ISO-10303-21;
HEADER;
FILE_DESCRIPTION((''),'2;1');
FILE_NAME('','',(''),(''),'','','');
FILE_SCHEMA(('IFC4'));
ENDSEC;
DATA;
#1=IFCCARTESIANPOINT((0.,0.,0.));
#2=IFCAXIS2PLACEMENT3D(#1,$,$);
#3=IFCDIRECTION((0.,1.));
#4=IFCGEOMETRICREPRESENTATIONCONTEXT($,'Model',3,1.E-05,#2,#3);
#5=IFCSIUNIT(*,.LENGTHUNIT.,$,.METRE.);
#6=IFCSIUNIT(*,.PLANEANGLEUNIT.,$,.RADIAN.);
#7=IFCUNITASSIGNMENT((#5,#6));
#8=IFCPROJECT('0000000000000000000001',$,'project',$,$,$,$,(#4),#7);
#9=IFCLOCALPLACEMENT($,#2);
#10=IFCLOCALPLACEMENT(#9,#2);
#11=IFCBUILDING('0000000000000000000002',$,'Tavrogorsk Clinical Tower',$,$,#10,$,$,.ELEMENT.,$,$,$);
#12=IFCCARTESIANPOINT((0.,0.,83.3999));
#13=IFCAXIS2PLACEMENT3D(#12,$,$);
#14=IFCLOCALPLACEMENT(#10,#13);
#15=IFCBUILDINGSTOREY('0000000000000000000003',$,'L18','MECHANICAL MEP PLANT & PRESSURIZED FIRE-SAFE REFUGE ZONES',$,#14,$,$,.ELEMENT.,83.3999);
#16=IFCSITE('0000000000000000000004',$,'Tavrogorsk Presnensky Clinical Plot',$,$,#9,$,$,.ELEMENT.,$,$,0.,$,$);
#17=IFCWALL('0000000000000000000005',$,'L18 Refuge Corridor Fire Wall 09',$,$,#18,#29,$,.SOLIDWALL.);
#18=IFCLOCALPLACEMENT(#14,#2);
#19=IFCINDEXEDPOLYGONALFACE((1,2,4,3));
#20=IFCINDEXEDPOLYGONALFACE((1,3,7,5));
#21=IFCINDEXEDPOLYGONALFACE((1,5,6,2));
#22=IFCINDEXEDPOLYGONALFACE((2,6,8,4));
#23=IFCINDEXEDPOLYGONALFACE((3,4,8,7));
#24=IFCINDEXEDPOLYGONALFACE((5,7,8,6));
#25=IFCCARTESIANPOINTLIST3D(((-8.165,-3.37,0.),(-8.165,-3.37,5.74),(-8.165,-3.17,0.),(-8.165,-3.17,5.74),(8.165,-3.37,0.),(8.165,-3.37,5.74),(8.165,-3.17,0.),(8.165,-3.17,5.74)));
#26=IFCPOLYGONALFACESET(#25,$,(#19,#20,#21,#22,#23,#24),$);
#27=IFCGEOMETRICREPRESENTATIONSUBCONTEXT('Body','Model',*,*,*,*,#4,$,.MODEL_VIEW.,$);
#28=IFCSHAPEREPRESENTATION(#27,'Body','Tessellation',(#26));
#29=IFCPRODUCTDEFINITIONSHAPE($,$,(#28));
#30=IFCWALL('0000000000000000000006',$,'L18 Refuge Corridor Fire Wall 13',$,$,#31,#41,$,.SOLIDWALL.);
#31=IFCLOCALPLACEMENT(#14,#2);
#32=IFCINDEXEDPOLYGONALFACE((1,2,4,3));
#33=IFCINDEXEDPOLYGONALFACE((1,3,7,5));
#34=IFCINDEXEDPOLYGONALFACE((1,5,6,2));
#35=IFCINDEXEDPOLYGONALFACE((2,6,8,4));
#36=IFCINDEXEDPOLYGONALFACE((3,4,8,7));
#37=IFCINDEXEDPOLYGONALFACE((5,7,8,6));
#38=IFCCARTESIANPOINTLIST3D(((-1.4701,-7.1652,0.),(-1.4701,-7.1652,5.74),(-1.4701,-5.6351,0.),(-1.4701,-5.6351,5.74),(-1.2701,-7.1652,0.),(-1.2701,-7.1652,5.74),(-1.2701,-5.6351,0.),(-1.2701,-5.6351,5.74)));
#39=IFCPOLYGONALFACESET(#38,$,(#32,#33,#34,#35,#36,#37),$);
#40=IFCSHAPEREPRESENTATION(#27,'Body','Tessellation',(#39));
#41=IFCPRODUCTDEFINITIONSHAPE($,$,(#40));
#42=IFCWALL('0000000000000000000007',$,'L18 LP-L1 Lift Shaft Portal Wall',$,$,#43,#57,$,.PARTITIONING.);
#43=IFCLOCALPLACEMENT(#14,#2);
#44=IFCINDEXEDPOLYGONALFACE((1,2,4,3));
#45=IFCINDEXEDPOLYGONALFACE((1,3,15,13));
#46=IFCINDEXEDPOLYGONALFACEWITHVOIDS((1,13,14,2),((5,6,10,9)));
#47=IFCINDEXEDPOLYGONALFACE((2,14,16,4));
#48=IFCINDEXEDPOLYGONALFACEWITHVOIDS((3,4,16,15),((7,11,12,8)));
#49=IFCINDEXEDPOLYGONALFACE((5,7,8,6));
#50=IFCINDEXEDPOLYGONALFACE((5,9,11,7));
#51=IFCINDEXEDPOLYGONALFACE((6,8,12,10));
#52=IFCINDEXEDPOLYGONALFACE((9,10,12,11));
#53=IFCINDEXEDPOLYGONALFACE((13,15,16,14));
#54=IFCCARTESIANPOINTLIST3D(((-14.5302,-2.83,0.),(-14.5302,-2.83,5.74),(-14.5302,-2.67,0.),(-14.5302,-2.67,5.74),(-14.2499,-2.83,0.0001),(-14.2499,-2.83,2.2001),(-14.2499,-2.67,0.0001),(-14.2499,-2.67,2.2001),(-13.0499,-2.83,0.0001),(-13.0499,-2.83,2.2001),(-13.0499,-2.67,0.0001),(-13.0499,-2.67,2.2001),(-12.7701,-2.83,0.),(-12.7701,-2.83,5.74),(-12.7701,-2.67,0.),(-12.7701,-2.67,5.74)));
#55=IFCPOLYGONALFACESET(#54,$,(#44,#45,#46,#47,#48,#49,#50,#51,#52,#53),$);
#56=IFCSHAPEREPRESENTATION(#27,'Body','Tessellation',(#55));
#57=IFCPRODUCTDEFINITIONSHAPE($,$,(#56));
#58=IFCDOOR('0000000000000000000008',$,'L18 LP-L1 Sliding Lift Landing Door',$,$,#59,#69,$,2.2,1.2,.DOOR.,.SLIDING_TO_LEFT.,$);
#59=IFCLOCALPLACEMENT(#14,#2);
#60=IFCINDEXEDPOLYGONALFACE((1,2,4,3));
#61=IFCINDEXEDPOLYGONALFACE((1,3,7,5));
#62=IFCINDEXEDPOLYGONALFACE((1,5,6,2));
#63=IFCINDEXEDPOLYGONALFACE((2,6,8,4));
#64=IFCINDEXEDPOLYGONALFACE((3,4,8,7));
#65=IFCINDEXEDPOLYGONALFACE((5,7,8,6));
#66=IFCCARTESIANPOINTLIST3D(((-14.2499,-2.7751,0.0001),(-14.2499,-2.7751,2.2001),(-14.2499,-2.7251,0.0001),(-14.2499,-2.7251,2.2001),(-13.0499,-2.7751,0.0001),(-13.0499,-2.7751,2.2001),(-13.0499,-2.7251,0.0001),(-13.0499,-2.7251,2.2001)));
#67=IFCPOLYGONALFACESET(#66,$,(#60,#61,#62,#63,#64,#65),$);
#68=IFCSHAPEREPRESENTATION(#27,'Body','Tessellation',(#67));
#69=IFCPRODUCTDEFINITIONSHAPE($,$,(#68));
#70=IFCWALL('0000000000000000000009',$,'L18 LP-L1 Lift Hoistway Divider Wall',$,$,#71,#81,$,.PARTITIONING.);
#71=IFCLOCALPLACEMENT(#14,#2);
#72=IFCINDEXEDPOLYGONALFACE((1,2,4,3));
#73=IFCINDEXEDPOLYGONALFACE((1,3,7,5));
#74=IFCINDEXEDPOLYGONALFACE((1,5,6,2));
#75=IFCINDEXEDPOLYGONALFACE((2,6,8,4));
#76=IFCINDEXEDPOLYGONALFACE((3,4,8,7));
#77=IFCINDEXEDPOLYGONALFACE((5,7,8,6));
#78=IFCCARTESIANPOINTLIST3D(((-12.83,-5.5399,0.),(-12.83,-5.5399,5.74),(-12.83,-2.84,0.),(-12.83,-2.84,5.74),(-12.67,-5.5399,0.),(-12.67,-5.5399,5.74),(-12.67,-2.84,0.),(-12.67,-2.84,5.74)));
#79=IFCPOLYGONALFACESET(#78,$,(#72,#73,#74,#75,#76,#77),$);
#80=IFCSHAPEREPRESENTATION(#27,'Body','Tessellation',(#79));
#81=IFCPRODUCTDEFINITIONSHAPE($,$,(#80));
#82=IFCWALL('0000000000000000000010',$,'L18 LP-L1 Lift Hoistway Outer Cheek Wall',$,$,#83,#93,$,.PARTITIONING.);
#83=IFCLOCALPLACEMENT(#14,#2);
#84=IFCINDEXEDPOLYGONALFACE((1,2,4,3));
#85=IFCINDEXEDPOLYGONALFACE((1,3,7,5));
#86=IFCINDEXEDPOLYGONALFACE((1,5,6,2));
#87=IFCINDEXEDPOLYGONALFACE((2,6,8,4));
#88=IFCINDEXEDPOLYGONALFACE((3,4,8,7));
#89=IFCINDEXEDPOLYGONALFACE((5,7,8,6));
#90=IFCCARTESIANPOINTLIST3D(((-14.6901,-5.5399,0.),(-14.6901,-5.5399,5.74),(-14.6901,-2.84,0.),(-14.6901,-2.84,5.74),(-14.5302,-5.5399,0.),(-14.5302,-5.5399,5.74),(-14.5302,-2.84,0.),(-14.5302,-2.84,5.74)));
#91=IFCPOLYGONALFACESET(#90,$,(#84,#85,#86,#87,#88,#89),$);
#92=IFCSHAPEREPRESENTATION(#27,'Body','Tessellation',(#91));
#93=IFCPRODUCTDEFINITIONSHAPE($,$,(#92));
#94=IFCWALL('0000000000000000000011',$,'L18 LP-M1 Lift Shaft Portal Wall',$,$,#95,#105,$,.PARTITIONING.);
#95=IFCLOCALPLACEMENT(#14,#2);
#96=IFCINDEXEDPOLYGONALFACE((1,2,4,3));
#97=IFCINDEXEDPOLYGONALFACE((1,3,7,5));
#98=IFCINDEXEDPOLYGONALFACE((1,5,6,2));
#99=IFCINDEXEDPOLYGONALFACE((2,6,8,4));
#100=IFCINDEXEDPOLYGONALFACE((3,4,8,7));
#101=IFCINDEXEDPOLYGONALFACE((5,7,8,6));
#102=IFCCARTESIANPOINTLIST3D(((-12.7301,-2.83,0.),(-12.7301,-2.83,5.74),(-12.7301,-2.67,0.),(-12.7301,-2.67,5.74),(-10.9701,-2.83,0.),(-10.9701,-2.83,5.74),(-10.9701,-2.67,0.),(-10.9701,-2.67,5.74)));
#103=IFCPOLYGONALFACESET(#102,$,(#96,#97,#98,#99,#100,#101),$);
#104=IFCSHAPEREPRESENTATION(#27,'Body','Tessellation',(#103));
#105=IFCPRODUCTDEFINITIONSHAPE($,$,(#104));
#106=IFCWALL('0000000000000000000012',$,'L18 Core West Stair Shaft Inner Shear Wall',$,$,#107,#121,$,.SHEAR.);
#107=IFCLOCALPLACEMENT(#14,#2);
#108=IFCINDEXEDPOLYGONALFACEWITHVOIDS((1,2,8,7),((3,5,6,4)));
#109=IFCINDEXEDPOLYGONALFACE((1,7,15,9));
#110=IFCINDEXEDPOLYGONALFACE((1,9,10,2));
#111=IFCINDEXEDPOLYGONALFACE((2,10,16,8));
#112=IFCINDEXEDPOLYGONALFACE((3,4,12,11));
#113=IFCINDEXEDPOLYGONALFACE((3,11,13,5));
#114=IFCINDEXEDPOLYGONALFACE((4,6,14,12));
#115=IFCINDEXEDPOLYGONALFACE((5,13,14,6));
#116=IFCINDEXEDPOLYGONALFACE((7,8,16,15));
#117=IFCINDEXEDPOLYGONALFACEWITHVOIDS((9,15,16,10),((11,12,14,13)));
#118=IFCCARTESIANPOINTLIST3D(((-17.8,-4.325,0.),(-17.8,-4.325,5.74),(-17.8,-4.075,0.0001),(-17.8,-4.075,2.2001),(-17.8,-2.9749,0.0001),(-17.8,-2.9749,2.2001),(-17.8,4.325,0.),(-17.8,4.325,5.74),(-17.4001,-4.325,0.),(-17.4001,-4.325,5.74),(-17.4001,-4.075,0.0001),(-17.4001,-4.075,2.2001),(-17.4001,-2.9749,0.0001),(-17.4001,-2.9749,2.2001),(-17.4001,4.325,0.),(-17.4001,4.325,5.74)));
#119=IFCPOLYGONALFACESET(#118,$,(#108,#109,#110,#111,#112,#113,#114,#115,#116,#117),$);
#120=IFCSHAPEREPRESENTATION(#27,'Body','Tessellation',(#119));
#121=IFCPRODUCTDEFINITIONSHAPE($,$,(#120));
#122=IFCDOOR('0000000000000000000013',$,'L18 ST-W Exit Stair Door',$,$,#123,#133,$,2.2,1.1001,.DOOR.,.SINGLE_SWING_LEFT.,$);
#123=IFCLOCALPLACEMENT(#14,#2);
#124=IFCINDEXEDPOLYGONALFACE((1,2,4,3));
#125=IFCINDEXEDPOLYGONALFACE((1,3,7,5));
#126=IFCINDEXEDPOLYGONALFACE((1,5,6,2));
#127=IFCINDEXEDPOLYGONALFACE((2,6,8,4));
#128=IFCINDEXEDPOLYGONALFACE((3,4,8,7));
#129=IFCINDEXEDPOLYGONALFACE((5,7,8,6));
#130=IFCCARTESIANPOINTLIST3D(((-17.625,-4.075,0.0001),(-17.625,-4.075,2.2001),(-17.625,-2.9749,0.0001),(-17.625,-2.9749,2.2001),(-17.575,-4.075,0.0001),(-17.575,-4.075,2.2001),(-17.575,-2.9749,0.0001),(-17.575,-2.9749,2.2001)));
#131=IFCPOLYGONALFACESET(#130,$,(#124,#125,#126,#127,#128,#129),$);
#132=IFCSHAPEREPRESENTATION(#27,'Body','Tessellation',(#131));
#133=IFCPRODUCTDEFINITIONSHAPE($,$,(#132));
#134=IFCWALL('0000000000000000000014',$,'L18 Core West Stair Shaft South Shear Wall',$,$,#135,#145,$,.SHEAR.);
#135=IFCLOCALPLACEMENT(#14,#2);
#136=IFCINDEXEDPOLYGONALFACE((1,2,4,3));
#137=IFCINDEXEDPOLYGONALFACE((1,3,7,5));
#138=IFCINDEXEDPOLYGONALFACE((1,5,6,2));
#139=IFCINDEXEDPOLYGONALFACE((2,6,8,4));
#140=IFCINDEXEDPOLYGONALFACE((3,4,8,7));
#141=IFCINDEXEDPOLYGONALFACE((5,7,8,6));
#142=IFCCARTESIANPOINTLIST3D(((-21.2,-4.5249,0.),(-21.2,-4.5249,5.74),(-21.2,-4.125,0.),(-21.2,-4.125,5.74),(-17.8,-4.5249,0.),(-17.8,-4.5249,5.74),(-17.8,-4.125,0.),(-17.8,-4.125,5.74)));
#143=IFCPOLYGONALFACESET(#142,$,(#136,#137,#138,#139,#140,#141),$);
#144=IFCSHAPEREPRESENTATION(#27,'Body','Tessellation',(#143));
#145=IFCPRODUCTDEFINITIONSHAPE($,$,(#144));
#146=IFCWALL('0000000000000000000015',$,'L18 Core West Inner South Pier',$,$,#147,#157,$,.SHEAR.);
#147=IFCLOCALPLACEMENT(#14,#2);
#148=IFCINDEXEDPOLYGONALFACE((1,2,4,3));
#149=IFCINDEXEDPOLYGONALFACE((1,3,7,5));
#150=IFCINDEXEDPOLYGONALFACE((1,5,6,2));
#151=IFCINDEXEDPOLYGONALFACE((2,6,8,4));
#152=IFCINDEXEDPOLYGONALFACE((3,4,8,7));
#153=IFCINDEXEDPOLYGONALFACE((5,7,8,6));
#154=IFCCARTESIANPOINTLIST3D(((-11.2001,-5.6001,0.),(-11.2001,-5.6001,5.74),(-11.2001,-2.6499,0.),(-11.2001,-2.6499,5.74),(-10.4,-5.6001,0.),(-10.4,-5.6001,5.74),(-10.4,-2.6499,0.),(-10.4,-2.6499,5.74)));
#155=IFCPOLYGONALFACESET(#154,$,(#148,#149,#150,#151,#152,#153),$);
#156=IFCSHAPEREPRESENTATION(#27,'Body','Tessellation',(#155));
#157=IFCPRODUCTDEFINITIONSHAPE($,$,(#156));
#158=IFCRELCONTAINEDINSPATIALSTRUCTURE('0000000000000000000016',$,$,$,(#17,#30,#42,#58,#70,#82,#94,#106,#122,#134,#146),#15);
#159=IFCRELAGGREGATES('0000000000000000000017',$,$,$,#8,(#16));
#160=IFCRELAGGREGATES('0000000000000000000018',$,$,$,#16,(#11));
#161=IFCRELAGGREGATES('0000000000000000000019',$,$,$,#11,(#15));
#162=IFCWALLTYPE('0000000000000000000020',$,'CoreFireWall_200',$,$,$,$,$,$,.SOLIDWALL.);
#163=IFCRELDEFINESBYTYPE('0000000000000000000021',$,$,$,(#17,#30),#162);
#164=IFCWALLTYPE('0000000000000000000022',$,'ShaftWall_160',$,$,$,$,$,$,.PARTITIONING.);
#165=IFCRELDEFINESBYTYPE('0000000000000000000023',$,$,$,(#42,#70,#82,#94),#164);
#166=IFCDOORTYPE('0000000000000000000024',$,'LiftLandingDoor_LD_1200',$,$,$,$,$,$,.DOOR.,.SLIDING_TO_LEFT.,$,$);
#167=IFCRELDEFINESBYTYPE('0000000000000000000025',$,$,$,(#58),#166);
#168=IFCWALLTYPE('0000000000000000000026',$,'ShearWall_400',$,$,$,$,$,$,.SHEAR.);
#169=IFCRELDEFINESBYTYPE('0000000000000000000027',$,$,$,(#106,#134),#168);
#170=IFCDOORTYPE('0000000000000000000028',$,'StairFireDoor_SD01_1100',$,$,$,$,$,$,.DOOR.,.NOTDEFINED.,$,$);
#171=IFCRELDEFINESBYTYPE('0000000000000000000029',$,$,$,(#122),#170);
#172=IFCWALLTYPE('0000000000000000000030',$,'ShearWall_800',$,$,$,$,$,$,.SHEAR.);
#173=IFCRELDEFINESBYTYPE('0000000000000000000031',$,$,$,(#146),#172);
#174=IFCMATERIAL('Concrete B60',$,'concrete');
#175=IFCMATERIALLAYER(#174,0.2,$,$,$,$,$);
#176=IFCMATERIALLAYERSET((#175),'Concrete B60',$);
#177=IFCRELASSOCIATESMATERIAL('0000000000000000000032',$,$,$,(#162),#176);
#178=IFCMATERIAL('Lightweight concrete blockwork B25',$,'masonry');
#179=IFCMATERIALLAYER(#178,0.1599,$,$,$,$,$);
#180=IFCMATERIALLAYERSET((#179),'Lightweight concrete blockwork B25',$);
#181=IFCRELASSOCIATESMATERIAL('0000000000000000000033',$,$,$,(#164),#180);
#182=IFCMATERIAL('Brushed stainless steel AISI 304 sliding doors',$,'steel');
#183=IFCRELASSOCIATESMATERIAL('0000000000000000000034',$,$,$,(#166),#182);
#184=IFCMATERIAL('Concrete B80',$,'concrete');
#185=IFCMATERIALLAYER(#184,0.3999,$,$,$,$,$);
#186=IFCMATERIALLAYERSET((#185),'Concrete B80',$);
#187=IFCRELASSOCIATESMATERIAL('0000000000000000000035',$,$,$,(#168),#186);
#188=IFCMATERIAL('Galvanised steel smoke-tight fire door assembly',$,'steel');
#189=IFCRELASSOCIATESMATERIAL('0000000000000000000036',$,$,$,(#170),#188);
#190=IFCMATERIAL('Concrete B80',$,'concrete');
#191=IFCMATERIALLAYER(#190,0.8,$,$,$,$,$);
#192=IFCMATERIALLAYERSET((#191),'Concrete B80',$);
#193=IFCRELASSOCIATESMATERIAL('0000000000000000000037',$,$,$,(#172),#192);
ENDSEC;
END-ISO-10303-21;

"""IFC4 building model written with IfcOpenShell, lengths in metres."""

from ifc_helpers import new_model, si_unit, direction, frame, frame_2d, origin, place, context, subcontext, project, spatial, rectangle, extrude, material, layer, layer_set, type_object, element, fill, save


model = new_model("IFC4")

# Units and contexts
model_context = context("Model", 3, precision=1e-05, world=origin(), true_north=direction((0.0, 1.0)))
body_context = subcontext(model_context, "Body", "Model", "MODEL_VIEW")
ifc_project = project(units=[si_unit("LENGTHUNIT", "METRE"), si_unit("PLANEANGLEUNIT", "RADIAN")], contexts=[model_context])

# Site, building, storey
site_placement = place(None, origin())
site = spatial("IfcSite", under=ifc_project, at=site_placement, Name="Tavrogorsk Presnensky Clinical Plot", CompositionType="ELEMENT", RefElevation=0.0)
building_placement = place(site_placement, origin())
building = spatial("IfcBuilding", under=site, at=building_placement, Name="Tavrogorsk Clinical Tower", CompositionType="ELEMENT")
storey_placement = place(building_placement, frame((0.0, 0.0, 83.3999)))
storey = spatial("IfcBuildingStorey", under=building, at=storey_placement, Name="L18", Description="MECHANICAL MEP PLANT & PRESSURIZED FIRE-SAFE REFUGE ZONES", CompositionType="ELEMENT", Elevation=83.3999)

# Shared definitions
ifc_material_1 = material(Name="Concrete B60", Category="concrete")
ifc_layer_1 = layer(ifc_material_1, 0.2)
ifc_layer_set_1 = layer_set([ifc_layer_1], Name="Concrete B60")
wall_type_1 = type_object("IfcWallType", Name="CoreFireWall_200", PredefinedType="SOLIDWALL", material=ifc_layer_set_1)

# Walls
wall_1_placement = place(storey_placement, frame((-8.165, -3.27, 0.0), z_axis=(0.0, 0.0, 1.0), x_axis=(1.0, 0.0, 0.0)))
element("IfcWall", 1, at=wall_1_placement, inside=storey, type_object=wall_type_1, Name="L18 Refuge Corridor Fire Wall 09", PredefinedType="SOLIDWALL", context=body_context, shape_type="SweptSolid", body=[
    extrude(rectangle(XDim=16.3301, YDim=0.2, at=frame_2d((8.165, 0.0))), origin(), (0.0, 0.0, 1.0), 5.74),
])
wall_2_placement = place(storey_placement, frame((-1.3701, -5.635, 0.0), z_axis=(0.0, 0.0, 1.0), x_axis=(0.0, -1.0, 0.0)))
element("IfcWall", 2, at=wall_2_placement, inside=storey, type_object=wall_type_1, Name="L18 Refuge Corridor Fire Wall 13", PredefinedType="SOLIDWALL", context=body_context, shape_type="SweptSolid", body=[
    extrude(rectangle(XDim=1.53, YDim=0.2, at=frame_2d((0.7651, 0.0))), origin(), (0.0, 0.0, 1.0), 5.74),
])

# Wall, opening, door
ifc_material_2 = material(Name="Lightweight concrete blockwork B25", Category="masonry")
ifc_layer_2 = layer(ifc_material_2, 0.1599)
ifc_layer_set_2 = layer_set([ifc_layer_2], Name="Lightweight concrete blockwork B25")
wall_type_2 = type_object("IfcWallType", Name="ShaftWall_160", PredefinedType="PARTITIONING", material=ifc_layer_set_2)
wall_3_placement = place(storey_placement, frame((-14.53, -2.75, 0.0), z_axis=(0.0, 0.0, 1.0), x_axis=(1.0, 0.0, 0.0)))
wall_3 = element("IfcWall", 3, at=wall_3_placement, inside=storey, type_object=wall_type_2, Name="L18 LP-L1 Lift Shaft Portal Wall", PredefinedType="PARTITIONING", context=body_context, shape_type="SweptSolid", body=[
    extrude(rectangle(XDim=1.76, YDim=0.1599, at=frame_2d((0.8799, 0.0))), origin(), (0.0, 0.0, 1.0), 5.74),
])
opening_1_placement = place(wall_3_placement, frame((0.28, 0.0, 0.0)))
opening_1 = element("IfcOpeningElement", 4, at=opening_1_placement, cuts=wall_3, PredefinedType="OPENING", context=body_context, shape_type="SweptSolid", body=[
    extrude(rectangle(XDim=1.2, YDim=2.2, at=frame_2d((0.6001, 1.1001))), frame((0.0, 0.0898, 0.0), z_axis=(0.0, -1.0, 0.0), x_axis=(1.0, 0.0, 0.0)), (0.0, 0.0, 1.0), 0.1799),
])
ifc_material_3 = material(Name="Brushed stainless steel AISI 304 sliding doors", Category="steel")
door_type_1 = type_object("IfcDoorType", Name="LiftLandingDoor_LD_1200", OperationType="SLIDING_TO_LEFT", PredefinedType="DOOR", material=ifc_material_3)
door_1_placement = place(opening_1_placement, origin())
door_1 = element("IfcDoor", 5, at=door_1_placement, inside=storey, type_object=door_type_1, Name="L18 LP-L1 Sliding Lift Landing Door", OperationType="SLIDING_TO_LEFT", OverallHeight=2.2, OverallWidth=1.2, PredefinedType="DOOR", context=body_context, shape_type="SweptSolid", body=[
    extrude(rectangle(XDim=1.2, YDim=2.2, at=frame_2d((0.6001, 1.1001))), frame((0.0, 0.0249, 0.0), z_axis=(0.0, -1.0, 0.0), x_axis=(1.0, 0.0, 0.0)), (0.0, 0.0, 1.0), 0.05),
])
fill(opening_1, door_1)

# Walls
for number, where, z_axis, x_axis, name in (
    (6, (-12.75, -5.54, 0.0), (0.0, 0.0, 1.0), (0.0, 1.0, 0.0), "L18 LP-L1 Lift Hoistway Divider Wall"),
    (7, (-14.6101, -5.54, 0.0), (0.0, 0.0, 1.0), (0.0, 1.0, 0.0), "L18 LP-L1 Lift Hoistway Outer Cheek Wall"),
):
    element("IfcWall", number, at=place(storey_placement, frame(where, z_axis=z_axis, x_axis=x_axis)), inside=storey, type_object=wall_type_2, Name=name, PredefinedType="PARTITIONING", context=body_context, shape_type="SweptSolid", body=[
        extrude(rectangle(XDim=2.7, YDim=0.1599, at=frame_2d((1.3501, 0.0))), origin(), (0.0, 0.0, 1.0), 5.74),
    ])
wall_4_placement = place(storey_placement, frame((-12.73, -2.75, 0.0), z_axis=(0.0, 0.0, 1.0), x_axis=(1.0, 0.0, 0.0)))
element("IfcWall", 8, at=wall_4_placement, inside=storey, type_object=wall_type_2, Name="L18 LP-M1 Lift Shaft Portal Wall", PredefinedType="PARTITIONING", context=body_context, shape_type="SweptSolid", body=[
    extrude(rectangle(XDim=1.76, YDim=0.1599, at=frame_2d((0.8799, 0.0))), origin(), (0.0, 0.0, 1.0), 5.74),
])

# Wall, opening, door
ifc_material_4 = material(Name="Concrete B80", Category="concrete")
ifc_layer_3 = layer(ifc_material_4, 0.3999)
ifc_layer_set_3 = layer_set([ifc_layer_3], Name="Concrete B80")
wall_type_3 = type_object("IfcWallType", Name="ShearWall_400", PredefinedType="SHEAR", material=ifc_layer_set_3)
wall_5_placement = place(storey_placement, frame((-17.6001, -4.325, 0.0), z_axis=(0.0, 0.0, 1.0), x_axis=(0.0, 1.0, 0.0)))
wall_5 = element("IfcWall", 9, at=wall_5_placement, inside=storey, type_object=wall_type_3, Name="L18 Core West Stair Shaft Inner Shear Wall", PredefinedType="SHEAR", context=body_context, shape_type="SweptSolid", body=[
    extrude(rectangle(XDim=8.6499, YDim=0.3999, at=frame_2d((4.325, 0.0))), origin(), (0.0, 0.0, 1.0), 5.74),
])
opening_2_placement = place(wall_5_placement, frame((0.25, 0.0, 0.0)))
opening_2 = element("IfcOpeningElement", 10, at=opening_2_placement, cuts=wall_5, PredefinedType="OPENING", context=body_context, shape_type="SweptSolid", body=[
    extrude(rectangle(XDim=1.1001, YDim=2.2, at=frame_2d((0.55, 1.1001))), frame((0.0, 0.21, 0.0), z_axis=(0.0, -1.0, 0.0), x_axis=(1.0, 0.0, 0.0)), (0.0, 0.0, 1.0), 0.4199),
])
ifc_material_5 = material(Name="Galvanised steel smoke-tight fire door assembly", Category="steel")
door_type_2 = type_object("IfcDoorType", Name="StairFireDoor_SD01_1100", OperationType="NOTDEFINED", PredefinedType="DOOR", material=ifc_material_5)
door_2_placement = place(opening_2_placement, origin())
door_2 = element("IfcDoor", 11, at=door_2_placement, inside=storey, type_object=door_type_2, Name="L18 ST-W Exit Stair Door", OperationType="SINGLE_SWING_LEFT", OverallHeight=2.2, OverallWidth=1.1001, PredefinedType="DOOR", context=body_context, shape_type="SweptSolid", body=[
    extrude(rectangle(XDim=1.1001, YDim=2.2, at=frame_2d((0.55, 1.1001))), frame((0.0, 0.0249, 0.0), z_axis=(0.0, -1.0, 0.0), x_axis=(1.0, 0.0, 0.0)), (0.0, 0.0, 1.0), 0.05),
])
fill(opening_2, door_2)

# Walls
wall_6_placement = place(storey_placement, frame((-21.2, -4.325, 0.0), z_axis=(0.0, 0.0, 1.0), x_axis=(1.0, 0.0, 0.0)))
element("IfcWall", 12, at=wall_6_placement, inside=storey, type_object=wall_type_3, Name="L18 Core West Stair Shaft South Shear Wall", PredefinedType="SHEAR", context=body_context, shape_type="SweptSolid", body=[
    extrude(rectangle(XDim=3.3999, YDim=0.3999, at=frame_2d((1.7, 0.0))), origin(), (0.0, 0.0, 1.0), 5.74),
])
ifc_material_6 = material(Name="Concrete B80", Category="concrete")
ifc_layer_4 = layer(ifc_material_6, 0.8)
ifc_layer_set_4 = layer_set([ifc_layer_4], Name="Concrete B80")
wall_type_4 = type_object("IfcWallType", Name="ShearWall_800", PredefinedType="SHEAR", material=ifc_layer_set_4)
wall_7_placement = place(storey_placement, frame((-10.8, -5.6001, 0.0), z_axis=(0.0, 0.0, 1.0), x_axis=(0.0, 1.0, 0.0)))
element("IfcWall", 13, at=wall_7_placement, inside=storey, type_object=wall_type_4, Name="L18 Core West Inner South Pier", PredefinedType="SHEAR", context=body_context, shape_type="SweptSolid", body=[
    extrude(rectangle(XDim=2.9502, YDim=0.8, at=frame_2d((1.4751, 0.0))), origin(), (0.0, 0.0, 1.0), 5.74),
])

save(model, "model.ifc")
